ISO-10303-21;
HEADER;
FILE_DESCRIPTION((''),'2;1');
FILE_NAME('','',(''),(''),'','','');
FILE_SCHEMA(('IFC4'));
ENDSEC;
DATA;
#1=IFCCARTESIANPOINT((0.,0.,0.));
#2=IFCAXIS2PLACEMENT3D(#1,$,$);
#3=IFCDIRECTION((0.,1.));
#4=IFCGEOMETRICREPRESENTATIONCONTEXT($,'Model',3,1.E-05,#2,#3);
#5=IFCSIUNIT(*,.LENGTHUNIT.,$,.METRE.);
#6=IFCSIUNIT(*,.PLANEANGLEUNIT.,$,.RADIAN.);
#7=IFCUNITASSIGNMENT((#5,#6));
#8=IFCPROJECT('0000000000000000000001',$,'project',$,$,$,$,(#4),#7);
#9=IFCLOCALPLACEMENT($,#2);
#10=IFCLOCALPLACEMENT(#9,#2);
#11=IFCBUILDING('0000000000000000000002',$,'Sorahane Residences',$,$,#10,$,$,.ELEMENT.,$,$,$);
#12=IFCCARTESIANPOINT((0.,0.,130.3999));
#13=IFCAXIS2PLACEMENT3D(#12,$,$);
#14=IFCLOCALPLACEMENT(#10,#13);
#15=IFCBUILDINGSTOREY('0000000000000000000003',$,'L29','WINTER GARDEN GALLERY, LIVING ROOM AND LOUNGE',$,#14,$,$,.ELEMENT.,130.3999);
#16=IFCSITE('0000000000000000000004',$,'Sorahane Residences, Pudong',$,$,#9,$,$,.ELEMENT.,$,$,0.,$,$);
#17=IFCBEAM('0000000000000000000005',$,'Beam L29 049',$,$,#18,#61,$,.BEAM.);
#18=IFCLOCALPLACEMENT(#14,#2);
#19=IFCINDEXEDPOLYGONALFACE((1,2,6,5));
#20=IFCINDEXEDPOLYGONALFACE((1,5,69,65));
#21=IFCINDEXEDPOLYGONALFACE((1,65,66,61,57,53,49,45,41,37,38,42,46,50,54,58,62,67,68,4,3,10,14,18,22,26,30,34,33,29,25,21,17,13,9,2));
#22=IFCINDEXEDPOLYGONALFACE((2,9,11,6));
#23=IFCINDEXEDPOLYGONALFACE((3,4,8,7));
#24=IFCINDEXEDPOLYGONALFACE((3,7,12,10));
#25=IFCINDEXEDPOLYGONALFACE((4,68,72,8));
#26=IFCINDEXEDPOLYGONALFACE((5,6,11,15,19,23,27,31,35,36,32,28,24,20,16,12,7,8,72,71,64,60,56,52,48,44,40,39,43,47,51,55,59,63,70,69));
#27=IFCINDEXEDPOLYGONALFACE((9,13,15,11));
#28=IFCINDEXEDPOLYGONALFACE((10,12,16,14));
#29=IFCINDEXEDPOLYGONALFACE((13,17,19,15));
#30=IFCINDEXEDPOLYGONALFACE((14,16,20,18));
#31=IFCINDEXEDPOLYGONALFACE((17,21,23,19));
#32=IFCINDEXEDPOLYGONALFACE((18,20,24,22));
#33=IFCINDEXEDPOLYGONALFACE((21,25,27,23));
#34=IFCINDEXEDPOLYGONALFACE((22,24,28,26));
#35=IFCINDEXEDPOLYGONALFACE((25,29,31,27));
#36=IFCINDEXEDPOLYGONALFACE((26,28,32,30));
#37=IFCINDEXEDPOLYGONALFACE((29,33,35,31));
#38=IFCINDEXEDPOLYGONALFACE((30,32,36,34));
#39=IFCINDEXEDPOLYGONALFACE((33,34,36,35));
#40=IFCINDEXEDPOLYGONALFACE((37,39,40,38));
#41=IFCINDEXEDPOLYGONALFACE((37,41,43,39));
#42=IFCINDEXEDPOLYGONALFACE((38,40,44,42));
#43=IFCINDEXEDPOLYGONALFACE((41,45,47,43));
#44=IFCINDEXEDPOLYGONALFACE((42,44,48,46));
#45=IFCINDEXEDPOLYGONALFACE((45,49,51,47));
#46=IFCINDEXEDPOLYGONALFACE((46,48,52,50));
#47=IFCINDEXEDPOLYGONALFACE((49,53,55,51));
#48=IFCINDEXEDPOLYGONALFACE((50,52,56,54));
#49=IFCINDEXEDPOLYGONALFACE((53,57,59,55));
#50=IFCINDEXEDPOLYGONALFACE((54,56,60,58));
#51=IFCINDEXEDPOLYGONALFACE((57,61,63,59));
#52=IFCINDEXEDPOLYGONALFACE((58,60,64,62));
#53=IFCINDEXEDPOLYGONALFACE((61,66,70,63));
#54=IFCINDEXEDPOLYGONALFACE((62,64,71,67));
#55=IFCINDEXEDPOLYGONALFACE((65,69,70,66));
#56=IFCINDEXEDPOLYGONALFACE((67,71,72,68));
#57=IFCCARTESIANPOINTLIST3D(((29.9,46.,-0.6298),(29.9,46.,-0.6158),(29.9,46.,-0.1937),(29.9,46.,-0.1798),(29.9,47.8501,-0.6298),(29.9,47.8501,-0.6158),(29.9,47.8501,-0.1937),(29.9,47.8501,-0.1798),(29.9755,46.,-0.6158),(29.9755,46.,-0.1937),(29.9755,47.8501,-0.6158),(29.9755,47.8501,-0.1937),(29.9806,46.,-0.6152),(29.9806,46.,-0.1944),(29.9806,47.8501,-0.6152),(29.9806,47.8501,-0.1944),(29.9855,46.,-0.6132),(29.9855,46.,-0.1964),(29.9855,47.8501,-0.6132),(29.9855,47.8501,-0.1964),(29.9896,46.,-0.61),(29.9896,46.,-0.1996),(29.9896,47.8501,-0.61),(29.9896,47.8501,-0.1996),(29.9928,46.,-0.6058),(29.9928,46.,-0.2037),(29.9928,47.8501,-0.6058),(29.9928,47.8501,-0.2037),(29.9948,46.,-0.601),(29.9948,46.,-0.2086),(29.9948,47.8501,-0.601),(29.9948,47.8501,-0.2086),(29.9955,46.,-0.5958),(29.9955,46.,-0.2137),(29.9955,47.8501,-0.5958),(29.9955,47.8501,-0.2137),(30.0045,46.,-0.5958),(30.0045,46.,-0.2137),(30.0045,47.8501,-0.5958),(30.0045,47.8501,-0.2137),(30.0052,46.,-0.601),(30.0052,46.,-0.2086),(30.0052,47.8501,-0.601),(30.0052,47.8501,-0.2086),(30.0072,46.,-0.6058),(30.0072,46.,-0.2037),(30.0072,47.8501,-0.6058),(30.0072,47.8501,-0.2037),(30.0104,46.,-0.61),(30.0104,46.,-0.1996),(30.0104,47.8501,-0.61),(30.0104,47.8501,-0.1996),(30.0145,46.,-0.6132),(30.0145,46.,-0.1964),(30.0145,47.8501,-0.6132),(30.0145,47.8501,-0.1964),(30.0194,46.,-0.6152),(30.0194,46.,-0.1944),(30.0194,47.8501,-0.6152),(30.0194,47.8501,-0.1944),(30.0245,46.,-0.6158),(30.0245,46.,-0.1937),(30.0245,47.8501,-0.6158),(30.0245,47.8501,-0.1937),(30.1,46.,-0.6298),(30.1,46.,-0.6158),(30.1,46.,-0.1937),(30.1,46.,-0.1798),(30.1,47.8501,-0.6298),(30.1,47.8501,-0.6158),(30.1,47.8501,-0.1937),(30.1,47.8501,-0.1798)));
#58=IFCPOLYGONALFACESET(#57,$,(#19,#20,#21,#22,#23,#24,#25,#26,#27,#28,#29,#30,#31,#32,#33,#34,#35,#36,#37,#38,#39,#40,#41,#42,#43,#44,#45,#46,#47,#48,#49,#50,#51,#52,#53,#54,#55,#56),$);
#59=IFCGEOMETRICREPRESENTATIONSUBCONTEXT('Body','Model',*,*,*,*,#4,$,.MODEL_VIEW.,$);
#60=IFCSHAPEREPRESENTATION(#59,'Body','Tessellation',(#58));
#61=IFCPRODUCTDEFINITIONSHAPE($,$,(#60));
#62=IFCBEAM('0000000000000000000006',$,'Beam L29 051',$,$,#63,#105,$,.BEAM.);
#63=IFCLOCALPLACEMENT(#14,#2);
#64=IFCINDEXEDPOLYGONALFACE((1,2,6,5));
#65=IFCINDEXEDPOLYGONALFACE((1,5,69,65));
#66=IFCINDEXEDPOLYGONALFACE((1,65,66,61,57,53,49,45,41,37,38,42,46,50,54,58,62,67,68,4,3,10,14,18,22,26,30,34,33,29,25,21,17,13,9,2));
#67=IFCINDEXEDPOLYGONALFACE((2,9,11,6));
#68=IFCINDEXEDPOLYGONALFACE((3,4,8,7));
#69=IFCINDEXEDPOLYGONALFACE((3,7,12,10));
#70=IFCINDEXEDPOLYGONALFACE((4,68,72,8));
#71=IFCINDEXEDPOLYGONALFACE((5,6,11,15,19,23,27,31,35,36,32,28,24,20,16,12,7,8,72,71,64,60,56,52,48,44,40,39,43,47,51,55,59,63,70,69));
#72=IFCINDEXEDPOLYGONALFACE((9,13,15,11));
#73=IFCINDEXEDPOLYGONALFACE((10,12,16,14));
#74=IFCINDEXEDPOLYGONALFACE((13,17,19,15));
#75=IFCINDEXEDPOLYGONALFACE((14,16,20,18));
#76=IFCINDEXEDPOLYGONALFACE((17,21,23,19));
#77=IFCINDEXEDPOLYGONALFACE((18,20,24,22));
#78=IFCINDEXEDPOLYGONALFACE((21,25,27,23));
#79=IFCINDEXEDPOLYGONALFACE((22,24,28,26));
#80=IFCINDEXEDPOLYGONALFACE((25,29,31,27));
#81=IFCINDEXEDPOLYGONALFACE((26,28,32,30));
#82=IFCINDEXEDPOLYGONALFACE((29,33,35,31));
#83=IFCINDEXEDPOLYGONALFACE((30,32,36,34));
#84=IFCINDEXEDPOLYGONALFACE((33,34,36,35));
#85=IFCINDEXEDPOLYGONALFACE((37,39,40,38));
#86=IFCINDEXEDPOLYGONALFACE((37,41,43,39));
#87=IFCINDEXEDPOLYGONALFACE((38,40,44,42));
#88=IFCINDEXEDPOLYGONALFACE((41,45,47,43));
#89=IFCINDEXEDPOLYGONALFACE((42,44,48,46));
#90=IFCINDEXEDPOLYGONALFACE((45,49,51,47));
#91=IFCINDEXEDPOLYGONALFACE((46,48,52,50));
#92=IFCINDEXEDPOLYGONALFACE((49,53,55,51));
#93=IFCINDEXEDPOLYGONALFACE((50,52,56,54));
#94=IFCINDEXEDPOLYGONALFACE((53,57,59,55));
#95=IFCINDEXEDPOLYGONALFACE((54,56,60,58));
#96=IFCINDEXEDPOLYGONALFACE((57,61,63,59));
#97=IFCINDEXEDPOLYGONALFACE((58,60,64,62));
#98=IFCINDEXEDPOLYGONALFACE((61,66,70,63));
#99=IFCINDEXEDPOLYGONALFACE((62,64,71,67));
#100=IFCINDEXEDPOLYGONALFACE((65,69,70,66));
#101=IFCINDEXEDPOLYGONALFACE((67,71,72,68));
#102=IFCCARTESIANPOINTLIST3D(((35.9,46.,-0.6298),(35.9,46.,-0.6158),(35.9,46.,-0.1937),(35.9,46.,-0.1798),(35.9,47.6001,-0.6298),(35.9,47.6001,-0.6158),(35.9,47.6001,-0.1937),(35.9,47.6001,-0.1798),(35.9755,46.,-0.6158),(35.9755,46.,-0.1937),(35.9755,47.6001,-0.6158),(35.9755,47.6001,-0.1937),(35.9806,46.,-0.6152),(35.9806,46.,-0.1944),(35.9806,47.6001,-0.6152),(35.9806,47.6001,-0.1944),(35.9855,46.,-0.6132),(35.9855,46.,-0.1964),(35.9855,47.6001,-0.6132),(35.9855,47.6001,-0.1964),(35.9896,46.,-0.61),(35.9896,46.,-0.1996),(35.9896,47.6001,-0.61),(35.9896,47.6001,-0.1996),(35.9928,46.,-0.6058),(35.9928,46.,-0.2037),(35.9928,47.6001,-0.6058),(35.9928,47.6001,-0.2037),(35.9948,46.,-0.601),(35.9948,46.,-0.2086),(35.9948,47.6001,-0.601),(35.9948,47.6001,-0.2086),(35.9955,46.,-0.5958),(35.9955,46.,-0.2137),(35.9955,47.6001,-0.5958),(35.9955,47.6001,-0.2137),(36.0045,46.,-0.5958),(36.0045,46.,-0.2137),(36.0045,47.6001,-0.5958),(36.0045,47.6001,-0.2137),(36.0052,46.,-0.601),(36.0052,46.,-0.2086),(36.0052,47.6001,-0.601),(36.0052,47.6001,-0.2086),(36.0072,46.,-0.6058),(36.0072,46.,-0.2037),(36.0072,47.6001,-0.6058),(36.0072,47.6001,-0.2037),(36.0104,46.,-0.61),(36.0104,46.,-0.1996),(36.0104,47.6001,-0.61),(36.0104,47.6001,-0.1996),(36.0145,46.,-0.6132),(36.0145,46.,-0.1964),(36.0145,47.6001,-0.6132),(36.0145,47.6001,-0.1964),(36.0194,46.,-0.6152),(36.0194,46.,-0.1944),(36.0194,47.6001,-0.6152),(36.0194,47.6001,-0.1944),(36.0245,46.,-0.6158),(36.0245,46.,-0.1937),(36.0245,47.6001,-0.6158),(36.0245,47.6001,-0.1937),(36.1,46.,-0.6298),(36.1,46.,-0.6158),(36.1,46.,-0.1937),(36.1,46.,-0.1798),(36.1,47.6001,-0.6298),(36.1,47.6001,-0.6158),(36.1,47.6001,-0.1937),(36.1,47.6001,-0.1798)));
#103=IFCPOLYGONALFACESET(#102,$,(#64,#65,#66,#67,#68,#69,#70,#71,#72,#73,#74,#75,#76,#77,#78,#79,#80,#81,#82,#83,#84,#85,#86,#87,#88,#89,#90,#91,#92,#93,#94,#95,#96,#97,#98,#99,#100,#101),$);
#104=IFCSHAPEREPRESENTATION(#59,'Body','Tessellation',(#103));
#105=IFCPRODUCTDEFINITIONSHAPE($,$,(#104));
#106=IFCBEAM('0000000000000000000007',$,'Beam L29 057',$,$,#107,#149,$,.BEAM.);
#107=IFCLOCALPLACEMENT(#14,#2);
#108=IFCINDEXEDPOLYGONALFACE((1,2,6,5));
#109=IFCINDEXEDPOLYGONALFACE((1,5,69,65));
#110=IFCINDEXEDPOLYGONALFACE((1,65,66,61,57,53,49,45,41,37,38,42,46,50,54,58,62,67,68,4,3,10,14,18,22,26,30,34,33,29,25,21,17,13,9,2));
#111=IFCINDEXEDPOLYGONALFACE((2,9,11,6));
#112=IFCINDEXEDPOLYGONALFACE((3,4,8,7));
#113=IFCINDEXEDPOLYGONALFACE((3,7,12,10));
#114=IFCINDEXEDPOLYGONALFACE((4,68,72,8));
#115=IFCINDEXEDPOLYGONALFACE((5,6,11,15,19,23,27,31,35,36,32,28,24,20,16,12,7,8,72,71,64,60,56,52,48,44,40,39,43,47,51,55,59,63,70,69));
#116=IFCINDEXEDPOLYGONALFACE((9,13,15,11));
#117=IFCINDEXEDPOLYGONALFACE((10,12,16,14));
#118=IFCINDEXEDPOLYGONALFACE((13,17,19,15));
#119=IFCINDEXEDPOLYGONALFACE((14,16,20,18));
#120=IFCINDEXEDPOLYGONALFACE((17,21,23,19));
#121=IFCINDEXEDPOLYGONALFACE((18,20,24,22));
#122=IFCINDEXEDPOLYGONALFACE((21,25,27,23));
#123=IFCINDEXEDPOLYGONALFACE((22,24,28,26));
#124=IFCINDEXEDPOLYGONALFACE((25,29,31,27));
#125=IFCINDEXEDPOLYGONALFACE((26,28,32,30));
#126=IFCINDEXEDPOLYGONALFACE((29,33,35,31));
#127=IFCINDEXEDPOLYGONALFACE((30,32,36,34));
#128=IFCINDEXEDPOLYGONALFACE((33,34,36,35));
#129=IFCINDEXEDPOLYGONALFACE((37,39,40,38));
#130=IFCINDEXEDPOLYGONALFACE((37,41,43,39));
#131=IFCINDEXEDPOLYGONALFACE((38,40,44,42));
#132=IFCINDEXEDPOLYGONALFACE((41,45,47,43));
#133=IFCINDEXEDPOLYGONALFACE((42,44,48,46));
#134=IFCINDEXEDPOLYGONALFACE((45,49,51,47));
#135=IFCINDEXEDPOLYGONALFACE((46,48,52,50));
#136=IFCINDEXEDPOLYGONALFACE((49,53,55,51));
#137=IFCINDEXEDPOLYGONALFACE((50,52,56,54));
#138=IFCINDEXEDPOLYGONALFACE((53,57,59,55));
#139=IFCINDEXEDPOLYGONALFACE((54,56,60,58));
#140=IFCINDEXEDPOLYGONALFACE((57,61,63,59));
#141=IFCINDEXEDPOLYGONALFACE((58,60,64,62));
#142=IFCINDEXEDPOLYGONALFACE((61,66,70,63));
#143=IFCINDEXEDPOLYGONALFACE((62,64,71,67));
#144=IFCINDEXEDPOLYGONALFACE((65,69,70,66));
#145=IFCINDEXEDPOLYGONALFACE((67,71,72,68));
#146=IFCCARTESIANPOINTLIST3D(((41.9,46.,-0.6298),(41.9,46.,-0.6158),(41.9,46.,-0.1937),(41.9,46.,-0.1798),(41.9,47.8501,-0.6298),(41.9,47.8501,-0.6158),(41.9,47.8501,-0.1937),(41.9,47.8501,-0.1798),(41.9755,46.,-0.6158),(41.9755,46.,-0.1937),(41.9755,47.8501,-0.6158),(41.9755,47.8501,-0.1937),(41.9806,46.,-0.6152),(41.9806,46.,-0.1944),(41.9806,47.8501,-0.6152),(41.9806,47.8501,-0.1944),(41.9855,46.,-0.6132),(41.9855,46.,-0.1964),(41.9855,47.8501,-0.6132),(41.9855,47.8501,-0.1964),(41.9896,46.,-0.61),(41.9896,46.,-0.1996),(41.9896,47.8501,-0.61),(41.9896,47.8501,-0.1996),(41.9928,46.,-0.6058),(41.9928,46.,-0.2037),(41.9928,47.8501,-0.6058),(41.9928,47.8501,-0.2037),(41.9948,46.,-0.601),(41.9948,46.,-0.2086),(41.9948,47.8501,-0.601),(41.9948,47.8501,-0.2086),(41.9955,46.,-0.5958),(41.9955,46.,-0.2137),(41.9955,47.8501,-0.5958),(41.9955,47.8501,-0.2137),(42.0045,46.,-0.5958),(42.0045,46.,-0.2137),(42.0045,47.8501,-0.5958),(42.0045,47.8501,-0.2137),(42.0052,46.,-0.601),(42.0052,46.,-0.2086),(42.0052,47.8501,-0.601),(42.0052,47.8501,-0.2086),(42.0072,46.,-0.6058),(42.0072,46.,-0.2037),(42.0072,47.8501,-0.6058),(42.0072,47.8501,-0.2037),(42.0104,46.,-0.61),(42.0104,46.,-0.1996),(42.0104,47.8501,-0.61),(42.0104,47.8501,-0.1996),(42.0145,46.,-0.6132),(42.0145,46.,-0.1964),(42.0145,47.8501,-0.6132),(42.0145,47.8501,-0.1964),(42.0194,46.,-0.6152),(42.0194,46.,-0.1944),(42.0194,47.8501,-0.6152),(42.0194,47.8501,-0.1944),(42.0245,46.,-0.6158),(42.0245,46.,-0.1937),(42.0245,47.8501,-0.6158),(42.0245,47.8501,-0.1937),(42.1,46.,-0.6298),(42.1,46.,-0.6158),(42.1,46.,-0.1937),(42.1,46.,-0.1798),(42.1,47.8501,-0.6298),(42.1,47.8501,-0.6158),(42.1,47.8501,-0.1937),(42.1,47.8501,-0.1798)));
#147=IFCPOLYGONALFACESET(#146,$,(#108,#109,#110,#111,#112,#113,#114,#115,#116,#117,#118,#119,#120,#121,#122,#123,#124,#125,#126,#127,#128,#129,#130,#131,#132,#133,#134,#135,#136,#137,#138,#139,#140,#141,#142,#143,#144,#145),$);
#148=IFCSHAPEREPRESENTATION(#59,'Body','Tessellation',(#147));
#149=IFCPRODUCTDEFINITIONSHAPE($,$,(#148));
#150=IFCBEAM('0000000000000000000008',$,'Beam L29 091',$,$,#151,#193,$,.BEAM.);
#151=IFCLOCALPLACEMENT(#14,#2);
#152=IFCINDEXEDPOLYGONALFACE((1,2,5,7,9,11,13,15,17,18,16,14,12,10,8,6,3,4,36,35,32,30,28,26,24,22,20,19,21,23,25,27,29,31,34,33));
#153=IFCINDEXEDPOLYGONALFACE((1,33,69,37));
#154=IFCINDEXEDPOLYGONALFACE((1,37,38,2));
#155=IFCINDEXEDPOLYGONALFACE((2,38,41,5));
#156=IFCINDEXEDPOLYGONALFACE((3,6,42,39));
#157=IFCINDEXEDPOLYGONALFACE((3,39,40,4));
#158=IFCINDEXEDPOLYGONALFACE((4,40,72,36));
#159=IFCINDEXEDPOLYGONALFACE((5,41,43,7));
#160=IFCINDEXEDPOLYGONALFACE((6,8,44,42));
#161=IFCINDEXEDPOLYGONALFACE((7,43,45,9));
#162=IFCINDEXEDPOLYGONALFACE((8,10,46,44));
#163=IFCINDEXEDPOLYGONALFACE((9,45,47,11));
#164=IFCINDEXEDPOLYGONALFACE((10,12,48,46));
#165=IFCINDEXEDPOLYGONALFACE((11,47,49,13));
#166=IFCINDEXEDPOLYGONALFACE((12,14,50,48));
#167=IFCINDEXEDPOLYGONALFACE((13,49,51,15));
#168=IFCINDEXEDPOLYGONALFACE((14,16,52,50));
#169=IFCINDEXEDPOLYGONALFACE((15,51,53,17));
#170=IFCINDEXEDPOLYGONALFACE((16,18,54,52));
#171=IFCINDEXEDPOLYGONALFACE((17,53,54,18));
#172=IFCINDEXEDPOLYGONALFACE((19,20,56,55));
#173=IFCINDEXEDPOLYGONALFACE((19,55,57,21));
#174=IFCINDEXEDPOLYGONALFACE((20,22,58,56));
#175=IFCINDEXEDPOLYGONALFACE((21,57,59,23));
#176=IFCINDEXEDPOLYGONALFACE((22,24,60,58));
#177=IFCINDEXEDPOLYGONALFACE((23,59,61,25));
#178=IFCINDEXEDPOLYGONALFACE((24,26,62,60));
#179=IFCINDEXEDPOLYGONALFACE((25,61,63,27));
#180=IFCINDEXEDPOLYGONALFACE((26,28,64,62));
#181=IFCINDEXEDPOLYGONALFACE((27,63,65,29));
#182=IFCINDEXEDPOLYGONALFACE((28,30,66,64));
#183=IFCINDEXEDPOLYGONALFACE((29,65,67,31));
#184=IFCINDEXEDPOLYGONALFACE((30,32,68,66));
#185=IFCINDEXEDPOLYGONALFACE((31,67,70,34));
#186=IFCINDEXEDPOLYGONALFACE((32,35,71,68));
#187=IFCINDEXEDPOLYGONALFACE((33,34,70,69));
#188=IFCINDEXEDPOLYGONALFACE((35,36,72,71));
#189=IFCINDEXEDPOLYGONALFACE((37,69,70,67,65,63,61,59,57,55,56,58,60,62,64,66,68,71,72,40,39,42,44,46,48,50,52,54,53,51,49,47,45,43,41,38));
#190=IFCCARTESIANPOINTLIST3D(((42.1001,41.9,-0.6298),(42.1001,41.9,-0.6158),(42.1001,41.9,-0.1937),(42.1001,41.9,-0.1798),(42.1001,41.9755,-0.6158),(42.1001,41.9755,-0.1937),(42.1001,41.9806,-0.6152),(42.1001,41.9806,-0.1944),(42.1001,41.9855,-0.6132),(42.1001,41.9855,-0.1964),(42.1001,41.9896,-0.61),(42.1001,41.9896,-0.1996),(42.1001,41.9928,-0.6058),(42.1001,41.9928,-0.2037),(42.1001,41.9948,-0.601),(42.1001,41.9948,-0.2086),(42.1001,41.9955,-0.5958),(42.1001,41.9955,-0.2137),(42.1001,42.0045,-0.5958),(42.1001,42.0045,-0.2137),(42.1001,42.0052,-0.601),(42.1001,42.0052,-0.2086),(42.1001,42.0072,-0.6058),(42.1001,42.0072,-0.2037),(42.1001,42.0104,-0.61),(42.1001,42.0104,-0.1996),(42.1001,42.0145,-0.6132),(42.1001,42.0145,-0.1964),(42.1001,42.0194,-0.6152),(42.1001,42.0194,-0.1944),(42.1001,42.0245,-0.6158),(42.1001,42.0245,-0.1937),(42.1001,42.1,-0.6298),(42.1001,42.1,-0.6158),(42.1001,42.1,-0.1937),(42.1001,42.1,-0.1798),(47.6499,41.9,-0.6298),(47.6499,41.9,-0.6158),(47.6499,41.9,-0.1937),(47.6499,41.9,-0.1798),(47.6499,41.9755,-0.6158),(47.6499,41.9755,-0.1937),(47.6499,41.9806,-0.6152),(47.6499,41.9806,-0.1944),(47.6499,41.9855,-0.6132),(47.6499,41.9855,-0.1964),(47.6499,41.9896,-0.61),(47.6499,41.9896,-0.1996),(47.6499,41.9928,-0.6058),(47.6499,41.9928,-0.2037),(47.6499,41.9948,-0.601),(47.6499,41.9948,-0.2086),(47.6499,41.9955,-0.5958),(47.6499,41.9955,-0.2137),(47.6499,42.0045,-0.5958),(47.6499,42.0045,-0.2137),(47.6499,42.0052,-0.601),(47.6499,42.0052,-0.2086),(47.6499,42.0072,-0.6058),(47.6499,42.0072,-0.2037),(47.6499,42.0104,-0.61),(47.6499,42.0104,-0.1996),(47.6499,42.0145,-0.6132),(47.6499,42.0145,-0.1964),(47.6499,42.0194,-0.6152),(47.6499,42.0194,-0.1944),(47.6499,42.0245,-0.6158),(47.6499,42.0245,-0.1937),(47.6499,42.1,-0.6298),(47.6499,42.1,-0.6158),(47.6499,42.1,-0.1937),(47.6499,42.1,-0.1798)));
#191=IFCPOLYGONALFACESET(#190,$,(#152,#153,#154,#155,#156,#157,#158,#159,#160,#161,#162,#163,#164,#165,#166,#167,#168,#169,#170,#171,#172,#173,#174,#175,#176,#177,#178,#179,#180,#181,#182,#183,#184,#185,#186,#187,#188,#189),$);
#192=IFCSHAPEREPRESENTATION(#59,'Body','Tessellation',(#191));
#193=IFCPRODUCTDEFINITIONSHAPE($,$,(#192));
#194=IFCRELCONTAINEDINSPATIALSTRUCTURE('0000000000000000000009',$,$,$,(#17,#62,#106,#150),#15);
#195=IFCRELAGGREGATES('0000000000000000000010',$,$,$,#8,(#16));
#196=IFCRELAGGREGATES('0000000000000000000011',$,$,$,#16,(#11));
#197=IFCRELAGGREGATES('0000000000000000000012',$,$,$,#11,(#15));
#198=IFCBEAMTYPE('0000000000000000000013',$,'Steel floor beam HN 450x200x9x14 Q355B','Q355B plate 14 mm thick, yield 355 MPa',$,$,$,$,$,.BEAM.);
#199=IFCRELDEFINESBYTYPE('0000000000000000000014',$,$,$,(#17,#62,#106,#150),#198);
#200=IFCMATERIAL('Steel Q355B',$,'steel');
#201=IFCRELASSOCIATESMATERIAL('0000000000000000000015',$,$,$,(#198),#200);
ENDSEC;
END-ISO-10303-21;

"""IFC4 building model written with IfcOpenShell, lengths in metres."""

from ifc_helpers import new_model, si_unit, direction, frame, origin, origin_2d, place, context, subcontext, project, spatial, i_section, extrude, material, material_profile, profile_set, type_object, element, save


model = new_model("IFC4")

# Units and contexts
model_context = context("Model", 3, precision=1e-05, world=origin(), true_north=direction((0.0, 1.0)))
body_context = subcontext(model_context, "Body", "Model", "MODEL_VIEW")
ifc_project = project(units=[si_unit("LENGTHUNIT", "METRE"), si_unit("PLANEANGLEUNIT", "RADIAN")], contexts=[model_context])

# Site, building, storey
site_placement = place(None, origin())
site = spatial("IfcSite", under=ifc_project, at=site_placement, Name="Sorahane Residences, Pudong", CompositionType="ELEMENT", RefElevation=0.0)
building_placement = place(site_placement, origin())
building = spatial("IfcBuilding", under=site, at=building_placement, Name="Sorahane Residences", CompositionType="ELEMENT")
storey_placement = place(building_placement, frame((0.0, 0.0, 130.3999)))
storey = spatial("IfcBuildingStorey", under=building, at=storey_placement, Name="L29", Description="WINTER GARDEN GALLERY, LIVING ROOM AND LOUNGE", CompositionType="ELEMENT", Elevation=130.3999)

# Beams
ifc_material_1 = material(Name="Steel Q355B", Category="steel")
ifc_material_profile_1 = material_profile(ifc_material_1, i_section(OverallWidth=0.2, OverallDepth=0.45, WebThickness=0.009, FlangeThickness=0.0139, FilletRadius=0.02, at=origin_2d()), Name="HN 450x200x9x14")
ifc_profile_set_1 = profile_set([ifc_material_profile_1], Name="Steel Q355B")
beam_type_1 = type_object("IfcBeamType", Name="Steel floor beam HN 450x200x9x14 Q355B", Description="Q355B plate 14 mm thick, yield 355 MPa", PredefinedType="BEAM", material=ifc_profile_set_1)
beam_1_placement = place(storey_placement, frame((30.0, 46.0, -0.4048), z_axis=(0.0, 1.0, 0.0), x_axis=(-1.0, 0.0, 0.0)))
element("IfcBeam", 1, at=beam_1_placement, inside=storey, type_object=beam_type_1, Name="Beam L29 049", PredefinedType="BEAM", context=body_context, shape_type="SweptSolid", body=[
    extrude(i_section(OverallWidth=0.2, OverallDepth=0.45, WebThickness=0.009, FlangeThickness=0.0139, FilletRadius=0.02, at=origin_2d()), origin(), (0.0, 0.0, 1.0), 1.8501),
])
beam_2_placement = place(storey_placement, frame((36.0, 46.0, -0.4048), z_axis=(0.0, 1.0, 0.0), x_axis=(-1.0, 0.0, 0.0)))
element("IfcBeam", 2, at=beam_2_placement, inside=storey, type_object=beam_type_1, Name="Beam L29 051", PredefinedType="BEAM", context=body_context, shape_type="SweptSolid", body=[
    extrude(i_section(OverallWidth=0.2, OverallDepth=0.45, WebThickness=0.009, FlangeThickness=0.0139, FilletRadius=0.02, at=origin_2d()), origin(), (0.0, 0.0, 1.0), 1.6001),
])
beam_3_placement = place(storey_placement, frame((42.0, 46.0, -0.4048), z_axis=(0.0, 1.0, 0.0), x_axis=(-1.0, 0.0, 0.0)))
element("IfcBeam", 3, at=beam_3_placement, inside=storey, type_object=beam_type_1, Name="Beam L29 057", PredefinedType="BEAM", context=body_context, shape_type="SweptSolid", body=[
    extrude(i_section(OverallWidth=0.2, OverallDepth=0.45, WebThickness=0.009, FlangeThickness=0.0139, FilletRadius=0.02, at=origin_2d()), origin(), (0.0, 0.0, 1.0), 1.8501),
])
beam_4_placement = place(storey_placement, frame((42.1001, 42.0, -0.4048), z_axis=(1.0, 0.0, 0.0), x_axis=(0.0, 1.0, 0.0)))
element("IfcBeam", 4, at=beam_4_placement, inside=storey, type_object=beam_type_1, Name="Beam L29 091", PredefinedType="BEAM", context=body_context, shape_type="SweptSolid", body=[
    extrude(i_section(OverallWidth=0.2, OverallDepth=0.45, WebThickness=0.009, FlangeThickness=0.0139, FilletRadius=0.02, at=origin_2d()), origin(), (0.0, 0.0, 1.0), 5.5498),
])

save(model, "model.ifc")
